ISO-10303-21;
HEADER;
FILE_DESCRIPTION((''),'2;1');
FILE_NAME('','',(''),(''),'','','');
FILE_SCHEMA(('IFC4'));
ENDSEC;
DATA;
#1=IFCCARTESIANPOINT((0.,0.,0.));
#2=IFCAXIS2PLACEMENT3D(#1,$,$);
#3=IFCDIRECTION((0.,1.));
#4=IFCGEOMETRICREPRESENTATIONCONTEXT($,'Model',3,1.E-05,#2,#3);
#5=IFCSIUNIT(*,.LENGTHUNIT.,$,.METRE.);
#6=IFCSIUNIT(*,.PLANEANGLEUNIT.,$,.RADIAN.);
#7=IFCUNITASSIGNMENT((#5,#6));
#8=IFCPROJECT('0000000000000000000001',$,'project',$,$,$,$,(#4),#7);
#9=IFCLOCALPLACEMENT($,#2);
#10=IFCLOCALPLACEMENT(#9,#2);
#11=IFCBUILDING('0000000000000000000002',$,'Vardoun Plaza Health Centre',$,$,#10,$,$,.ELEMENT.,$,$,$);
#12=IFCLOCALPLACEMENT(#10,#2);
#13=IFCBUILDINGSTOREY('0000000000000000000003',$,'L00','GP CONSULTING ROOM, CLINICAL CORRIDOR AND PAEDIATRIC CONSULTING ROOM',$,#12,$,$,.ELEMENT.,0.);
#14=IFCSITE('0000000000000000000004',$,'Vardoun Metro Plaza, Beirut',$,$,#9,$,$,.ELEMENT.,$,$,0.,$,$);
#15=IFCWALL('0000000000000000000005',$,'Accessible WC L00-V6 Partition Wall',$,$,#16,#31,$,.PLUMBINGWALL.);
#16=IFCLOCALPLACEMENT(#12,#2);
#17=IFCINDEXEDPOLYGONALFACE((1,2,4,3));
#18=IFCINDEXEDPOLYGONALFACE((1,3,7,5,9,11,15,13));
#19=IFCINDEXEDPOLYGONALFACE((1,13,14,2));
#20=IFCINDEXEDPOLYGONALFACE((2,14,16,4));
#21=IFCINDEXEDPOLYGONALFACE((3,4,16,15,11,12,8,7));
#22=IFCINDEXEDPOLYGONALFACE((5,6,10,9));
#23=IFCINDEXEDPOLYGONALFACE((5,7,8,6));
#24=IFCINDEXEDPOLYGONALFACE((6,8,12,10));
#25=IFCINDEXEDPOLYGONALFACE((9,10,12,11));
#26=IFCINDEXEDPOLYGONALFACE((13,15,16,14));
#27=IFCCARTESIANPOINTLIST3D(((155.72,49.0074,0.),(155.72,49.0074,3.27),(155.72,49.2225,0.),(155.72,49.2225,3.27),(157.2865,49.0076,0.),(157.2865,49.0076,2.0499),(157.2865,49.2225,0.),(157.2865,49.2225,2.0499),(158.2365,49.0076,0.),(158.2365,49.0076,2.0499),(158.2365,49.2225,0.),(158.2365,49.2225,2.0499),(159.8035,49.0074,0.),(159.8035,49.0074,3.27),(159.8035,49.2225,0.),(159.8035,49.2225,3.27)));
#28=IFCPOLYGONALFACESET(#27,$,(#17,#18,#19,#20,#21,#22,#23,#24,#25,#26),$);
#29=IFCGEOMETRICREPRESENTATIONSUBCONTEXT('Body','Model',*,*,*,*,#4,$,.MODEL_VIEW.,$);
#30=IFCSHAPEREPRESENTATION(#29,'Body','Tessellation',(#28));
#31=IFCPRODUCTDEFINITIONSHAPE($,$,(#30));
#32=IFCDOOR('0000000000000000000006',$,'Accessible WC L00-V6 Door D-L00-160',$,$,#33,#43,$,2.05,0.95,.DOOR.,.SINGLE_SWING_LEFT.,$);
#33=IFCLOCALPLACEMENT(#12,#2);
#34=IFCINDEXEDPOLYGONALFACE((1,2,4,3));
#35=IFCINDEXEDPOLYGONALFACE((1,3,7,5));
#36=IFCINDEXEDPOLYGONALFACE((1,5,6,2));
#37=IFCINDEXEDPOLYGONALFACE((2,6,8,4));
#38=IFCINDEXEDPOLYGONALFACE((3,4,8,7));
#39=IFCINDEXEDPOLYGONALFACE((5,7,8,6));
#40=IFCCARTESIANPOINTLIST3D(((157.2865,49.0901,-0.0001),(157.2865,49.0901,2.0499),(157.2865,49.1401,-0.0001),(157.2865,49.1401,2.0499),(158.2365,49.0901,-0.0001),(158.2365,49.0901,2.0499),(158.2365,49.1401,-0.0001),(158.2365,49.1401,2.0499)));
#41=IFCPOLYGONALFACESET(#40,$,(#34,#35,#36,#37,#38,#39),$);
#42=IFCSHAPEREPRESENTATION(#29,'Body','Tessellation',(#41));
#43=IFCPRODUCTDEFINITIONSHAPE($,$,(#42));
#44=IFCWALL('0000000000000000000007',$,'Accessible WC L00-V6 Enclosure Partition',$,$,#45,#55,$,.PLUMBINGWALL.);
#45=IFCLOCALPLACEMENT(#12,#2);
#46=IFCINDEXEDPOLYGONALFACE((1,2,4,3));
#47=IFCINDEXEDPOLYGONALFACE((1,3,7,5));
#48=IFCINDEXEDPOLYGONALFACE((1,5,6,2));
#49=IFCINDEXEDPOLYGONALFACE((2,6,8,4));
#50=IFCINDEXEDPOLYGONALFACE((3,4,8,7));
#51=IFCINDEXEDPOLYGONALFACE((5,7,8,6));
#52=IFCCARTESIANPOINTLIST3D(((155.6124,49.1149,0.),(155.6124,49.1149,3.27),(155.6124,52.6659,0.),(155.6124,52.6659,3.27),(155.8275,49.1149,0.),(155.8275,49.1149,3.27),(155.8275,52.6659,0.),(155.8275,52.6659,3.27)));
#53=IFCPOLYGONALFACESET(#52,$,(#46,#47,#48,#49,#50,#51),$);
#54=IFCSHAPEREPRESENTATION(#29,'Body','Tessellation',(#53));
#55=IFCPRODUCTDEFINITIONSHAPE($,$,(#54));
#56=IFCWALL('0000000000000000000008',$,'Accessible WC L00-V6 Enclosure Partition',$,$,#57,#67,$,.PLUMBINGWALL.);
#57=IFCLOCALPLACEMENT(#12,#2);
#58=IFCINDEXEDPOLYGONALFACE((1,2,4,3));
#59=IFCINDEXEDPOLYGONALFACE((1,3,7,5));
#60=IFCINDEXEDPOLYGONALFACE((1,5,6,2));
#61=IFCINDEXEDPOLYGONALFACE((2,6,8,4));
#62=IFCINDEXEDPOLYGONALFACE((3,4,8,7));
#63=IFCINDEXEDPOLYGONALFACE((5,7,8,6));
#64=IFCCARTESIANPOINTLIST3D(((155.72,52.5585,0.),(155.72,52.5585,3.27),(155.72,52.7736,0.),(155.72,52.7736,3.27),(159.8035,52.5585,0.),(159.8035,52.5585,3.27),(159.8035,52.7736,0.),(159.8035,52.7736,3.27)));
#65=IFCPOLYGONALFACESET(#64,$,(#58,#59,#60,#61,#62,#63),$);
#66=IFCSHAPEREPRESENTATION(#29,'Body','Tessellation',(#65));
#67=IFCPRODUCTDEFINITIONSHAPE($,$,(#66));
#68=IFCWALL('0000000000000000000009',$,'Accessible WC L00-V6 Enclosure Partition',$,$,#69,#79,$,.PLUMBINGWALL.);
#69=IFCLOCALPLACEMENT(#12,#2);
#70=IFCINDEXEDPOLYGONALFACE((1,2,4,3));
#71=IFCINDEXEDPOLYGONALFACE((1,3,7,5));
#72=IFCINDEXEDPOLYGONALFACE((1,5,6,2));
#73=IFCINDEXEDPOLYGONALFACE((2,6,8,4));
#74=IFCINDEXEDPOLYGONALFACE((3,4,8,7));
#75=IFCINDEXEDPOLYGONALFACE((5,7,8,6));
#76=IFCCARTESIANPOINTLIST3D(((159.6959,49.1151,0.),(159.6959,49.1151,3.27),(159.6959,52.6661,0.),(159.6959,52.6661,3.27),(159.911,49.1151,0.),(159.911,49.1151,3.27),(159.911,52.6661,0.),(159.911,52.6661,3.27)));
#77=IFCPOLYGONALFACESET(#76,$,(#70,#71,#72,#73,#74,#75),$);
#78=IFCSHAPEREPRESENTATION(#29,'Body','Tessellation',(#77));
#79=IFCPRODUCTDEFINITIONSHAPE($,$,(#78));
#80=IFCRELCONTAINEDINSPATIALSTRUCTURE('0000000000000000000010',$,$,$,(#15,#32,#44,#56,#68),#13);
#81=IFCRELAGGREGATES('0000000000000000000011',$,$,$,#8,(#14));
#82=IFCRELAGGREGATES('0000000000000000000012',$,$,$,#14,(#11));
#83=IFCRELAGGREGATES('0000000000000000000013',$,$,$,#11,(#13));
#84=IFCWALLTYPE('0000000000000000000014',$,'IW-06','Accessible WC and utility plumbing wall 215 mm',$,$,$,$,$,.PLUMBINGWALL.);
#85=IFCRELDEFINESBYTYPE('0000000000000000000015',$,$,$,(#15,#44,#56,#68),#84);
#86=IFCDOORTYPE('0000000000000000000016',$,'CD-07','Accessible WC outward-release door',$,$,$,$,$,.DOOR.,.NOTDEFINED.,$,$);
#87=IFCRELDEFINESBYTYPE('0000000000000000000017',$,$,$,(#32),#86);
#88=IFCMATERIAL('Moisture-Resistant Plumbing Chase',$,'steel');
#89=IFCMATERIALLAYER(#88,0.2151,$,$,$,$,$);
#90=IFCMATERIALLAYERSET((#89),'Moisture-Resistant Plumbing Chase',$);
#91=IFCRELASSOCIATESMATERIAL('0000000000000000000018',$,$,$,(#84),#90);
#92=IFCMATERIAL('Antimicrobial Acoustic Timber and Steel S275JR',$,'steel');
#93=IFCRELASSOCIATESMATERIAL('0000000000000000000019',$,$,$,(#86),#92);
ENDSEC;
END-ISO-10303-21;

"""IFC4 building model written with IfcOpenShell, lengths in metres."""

from ifc_helpers import new_model, si_unit, direction, frame, frame_2d, origin, place, context, subcontext, project, spatial, rectangle, extrude, material, layer, layer_set, type_object, element, fill, save


model = new_model("IFC4")

# Units and contexts
model_context = context("Model", 3, precision=1e-05, world=origin(), true_north=direction((0.0, 1.0)))
body_context = subcontext(model_context, "Body", "Model", "MODEL_VIEW")
ifc_project = project(units=[si_unit("LENGTHUNIT", "METRE"), si_unit("PLANEANGLEUNIT", "RADIAN")], contexts=[model_context])

# Site, building, storey
site_placement = place(None, origin())
site = spatial("IfcSite", under=ifc_project, at=site_placement, Name="Vardoun Metro Plaza, Beirut", CompositionType="ELEMENT", RefElevation=0.0)
building_placement = place(site_placement, origin())
building = spatial("IfcBuilding", under=site, at=building_placement, Name="Vardoun Plaza Health Centre", CompositionType="ELEMENT")
storey_placement = place(building_placement, origin())
storey = spatial("IfcBuildingStorey", under=building, at=storey_placement, Name="L00", Description="GP CONSULTING ROOM, CLINICAL CORRIDOR AND PAEDIATRIC CONSULTING ROOM", CompositionType="ELEMENT", Elevation=0.0)

# Wall, opening, door
ifc_material_1 = material(Name="Moisture-Resistant Plumbing Chase", Category="steel")
ifc_layer_1 = layer(ifc_material_1, 0.2151)
ifc_layer_set_1 = layer_set([ifc_layer_1], Name="Moisture-Resistant Plumbing Chase")
wall_type_1 = type_object("IfcWallType", Name="IW-06", Description="Accessible WC and utility plumbing wall 215 mm", PredefinedType="PLUMBINGWALL", material=ifc_layer_set_1)
wall_1_placement = place(storey_placement, frame((159.8035, 49.115, 0.0), z_axis=(0.0, 0.0, 1.0), x_axis=(-1.0, 0.0, 0.0)))
wall_1 = element("IfcWall", 1, at=wall_1_placement, inside=storey, type_object=wall_type_1, Name="Accessible WC L00-V6 Partition Wall", PredefinedType="PLUMBINGWALL", context=body_context, shape_type="SweptSolid", body=[
    extrude(rectangle(XDim=4.0835, YDim=0.2151, at=frame_2d((2.0417, 0.0))), origin(), (0.0, 0.0, 1.0), 3.27),
])
opening_1_placement = place(wall_1_placement, frame((1.5669, 0.0, 0.0)))
opening_1 = element("IfcOpeningElement", 2, at=opening_1_placement, cuts=wall_1, PredefinedType="OPENING", context=body_context, shape_type="SweptSolid", body=[
    extrude(rectangle(XDim=0.95, YDim=2.05, at=frame_2d((0.4751, 1.0249))), frame((0.0, 0.1074, 0.0), z_axis=(0.0, -1.0, 0.0), x_axis=(1.0, 0.0, 0.0)), (0.0, 0.0, 1.0), 0.2151),
])
ifc_material_2 = material(Name="Antimicrobial Acoustic Timber and Steel S275JR", Category="steel")
door_type_1 = type_object("IfcDoorType", Name="CD-07", Description="Accessible WC outward-release door", OperationType="NOTDEFINED", PredefinedType="DOOR", material=ifc_material_2)
door_1_placement = place(opening_1_placement, origin())
door_1 = element("IfcDoor", 3, at=door_1_placement, inside=storey, type_object=door_type_1, Name="Accessible WC L00-V6 Door D-L00-160", OperationType="SINGLE_SWING_LEFT", OverallHeight=2.05, OverallWidth=0.95, PredefinedType="DOOR", context=body_context, shape_type="SweptSolid", body=[
    extrude(rectangle(XDim=0.95, YDim=2.05, at=frame_2d((0.4751, 1.0249))), frame((0.0, 0.0249, 0.0), z_axis=(0.0, -1.0, 0.0), x_axis=(1.0, 0.0, 0.0)), (0.0, 0.0, 1.0), 0.05),
])
fill(opening_1, door_1)

# Walls
wall_2_placement = place(storey_placement, frame((155.72, 49.115, 0.0), z_axis=(0.0, 0.0, 1.0), x_axis=(0.0, 1.0, 0.0)))
element("IfcWall", 4, at=wall_2_placement, inside=storey, type_object=wall_type_1, Name="Accessible WC L00-V6 Enclosure Partition", PredefinedType="PLUMBINGWALL", context=body_context, shape_type="SweptSolid", body=[
    extrude(rectangle(XDim=3.551, YDim=0.2151, at=frame_2d((1.7754, 0.0))), origin(), (0.0, 0.0, 1.0), 3.27),
])
wall_3_placement = place(storey_placement, frame((155.72, 52.666, 0.0), z_axis=(0.0, 0.0, 1.0), x_axis=(1.0, 0.0, 0.0)))
element("IfcWall", 5, at=wall_3_placement, inside=storey, type_object=wall_type_1, Name="Accessible WC L00-V6 Enclosure Partition", PredefinedType="PLUMBINGWALL", context=body_context, shape_type="SweptSolid", body=[
    extrude(rectangle(XDim=4.0835, YDim=0.2151, at=frame_2d((2.0417, 0.0))), origin(), (0.0, 0.0, 1.0), 3.27),
])
wall_4_placement = place(storey_placement, frame((159.8035, 52.666, 0.0), z_axis=(0.0, 0.0, 1.0), x_axis=(0.0, -1.0, 0.0)))
element("IfcWall", 6, at=wall_4_placement, inside=storey, type_object=wall_type_1, Name="Accessible WC L00-V6 Enclosure Partition", PredefinedType="PLUMBINGWALL", context=body_context, shape_type="SweptSolid", body=[
    extrude(rectangle(XDim=3.551, YDim=0.2151, at=frame_2d((1.7754, 0.0))), origin(), (0.0, 0.0, 1.0), 3.27),
])

save(model, "model.ifc")
